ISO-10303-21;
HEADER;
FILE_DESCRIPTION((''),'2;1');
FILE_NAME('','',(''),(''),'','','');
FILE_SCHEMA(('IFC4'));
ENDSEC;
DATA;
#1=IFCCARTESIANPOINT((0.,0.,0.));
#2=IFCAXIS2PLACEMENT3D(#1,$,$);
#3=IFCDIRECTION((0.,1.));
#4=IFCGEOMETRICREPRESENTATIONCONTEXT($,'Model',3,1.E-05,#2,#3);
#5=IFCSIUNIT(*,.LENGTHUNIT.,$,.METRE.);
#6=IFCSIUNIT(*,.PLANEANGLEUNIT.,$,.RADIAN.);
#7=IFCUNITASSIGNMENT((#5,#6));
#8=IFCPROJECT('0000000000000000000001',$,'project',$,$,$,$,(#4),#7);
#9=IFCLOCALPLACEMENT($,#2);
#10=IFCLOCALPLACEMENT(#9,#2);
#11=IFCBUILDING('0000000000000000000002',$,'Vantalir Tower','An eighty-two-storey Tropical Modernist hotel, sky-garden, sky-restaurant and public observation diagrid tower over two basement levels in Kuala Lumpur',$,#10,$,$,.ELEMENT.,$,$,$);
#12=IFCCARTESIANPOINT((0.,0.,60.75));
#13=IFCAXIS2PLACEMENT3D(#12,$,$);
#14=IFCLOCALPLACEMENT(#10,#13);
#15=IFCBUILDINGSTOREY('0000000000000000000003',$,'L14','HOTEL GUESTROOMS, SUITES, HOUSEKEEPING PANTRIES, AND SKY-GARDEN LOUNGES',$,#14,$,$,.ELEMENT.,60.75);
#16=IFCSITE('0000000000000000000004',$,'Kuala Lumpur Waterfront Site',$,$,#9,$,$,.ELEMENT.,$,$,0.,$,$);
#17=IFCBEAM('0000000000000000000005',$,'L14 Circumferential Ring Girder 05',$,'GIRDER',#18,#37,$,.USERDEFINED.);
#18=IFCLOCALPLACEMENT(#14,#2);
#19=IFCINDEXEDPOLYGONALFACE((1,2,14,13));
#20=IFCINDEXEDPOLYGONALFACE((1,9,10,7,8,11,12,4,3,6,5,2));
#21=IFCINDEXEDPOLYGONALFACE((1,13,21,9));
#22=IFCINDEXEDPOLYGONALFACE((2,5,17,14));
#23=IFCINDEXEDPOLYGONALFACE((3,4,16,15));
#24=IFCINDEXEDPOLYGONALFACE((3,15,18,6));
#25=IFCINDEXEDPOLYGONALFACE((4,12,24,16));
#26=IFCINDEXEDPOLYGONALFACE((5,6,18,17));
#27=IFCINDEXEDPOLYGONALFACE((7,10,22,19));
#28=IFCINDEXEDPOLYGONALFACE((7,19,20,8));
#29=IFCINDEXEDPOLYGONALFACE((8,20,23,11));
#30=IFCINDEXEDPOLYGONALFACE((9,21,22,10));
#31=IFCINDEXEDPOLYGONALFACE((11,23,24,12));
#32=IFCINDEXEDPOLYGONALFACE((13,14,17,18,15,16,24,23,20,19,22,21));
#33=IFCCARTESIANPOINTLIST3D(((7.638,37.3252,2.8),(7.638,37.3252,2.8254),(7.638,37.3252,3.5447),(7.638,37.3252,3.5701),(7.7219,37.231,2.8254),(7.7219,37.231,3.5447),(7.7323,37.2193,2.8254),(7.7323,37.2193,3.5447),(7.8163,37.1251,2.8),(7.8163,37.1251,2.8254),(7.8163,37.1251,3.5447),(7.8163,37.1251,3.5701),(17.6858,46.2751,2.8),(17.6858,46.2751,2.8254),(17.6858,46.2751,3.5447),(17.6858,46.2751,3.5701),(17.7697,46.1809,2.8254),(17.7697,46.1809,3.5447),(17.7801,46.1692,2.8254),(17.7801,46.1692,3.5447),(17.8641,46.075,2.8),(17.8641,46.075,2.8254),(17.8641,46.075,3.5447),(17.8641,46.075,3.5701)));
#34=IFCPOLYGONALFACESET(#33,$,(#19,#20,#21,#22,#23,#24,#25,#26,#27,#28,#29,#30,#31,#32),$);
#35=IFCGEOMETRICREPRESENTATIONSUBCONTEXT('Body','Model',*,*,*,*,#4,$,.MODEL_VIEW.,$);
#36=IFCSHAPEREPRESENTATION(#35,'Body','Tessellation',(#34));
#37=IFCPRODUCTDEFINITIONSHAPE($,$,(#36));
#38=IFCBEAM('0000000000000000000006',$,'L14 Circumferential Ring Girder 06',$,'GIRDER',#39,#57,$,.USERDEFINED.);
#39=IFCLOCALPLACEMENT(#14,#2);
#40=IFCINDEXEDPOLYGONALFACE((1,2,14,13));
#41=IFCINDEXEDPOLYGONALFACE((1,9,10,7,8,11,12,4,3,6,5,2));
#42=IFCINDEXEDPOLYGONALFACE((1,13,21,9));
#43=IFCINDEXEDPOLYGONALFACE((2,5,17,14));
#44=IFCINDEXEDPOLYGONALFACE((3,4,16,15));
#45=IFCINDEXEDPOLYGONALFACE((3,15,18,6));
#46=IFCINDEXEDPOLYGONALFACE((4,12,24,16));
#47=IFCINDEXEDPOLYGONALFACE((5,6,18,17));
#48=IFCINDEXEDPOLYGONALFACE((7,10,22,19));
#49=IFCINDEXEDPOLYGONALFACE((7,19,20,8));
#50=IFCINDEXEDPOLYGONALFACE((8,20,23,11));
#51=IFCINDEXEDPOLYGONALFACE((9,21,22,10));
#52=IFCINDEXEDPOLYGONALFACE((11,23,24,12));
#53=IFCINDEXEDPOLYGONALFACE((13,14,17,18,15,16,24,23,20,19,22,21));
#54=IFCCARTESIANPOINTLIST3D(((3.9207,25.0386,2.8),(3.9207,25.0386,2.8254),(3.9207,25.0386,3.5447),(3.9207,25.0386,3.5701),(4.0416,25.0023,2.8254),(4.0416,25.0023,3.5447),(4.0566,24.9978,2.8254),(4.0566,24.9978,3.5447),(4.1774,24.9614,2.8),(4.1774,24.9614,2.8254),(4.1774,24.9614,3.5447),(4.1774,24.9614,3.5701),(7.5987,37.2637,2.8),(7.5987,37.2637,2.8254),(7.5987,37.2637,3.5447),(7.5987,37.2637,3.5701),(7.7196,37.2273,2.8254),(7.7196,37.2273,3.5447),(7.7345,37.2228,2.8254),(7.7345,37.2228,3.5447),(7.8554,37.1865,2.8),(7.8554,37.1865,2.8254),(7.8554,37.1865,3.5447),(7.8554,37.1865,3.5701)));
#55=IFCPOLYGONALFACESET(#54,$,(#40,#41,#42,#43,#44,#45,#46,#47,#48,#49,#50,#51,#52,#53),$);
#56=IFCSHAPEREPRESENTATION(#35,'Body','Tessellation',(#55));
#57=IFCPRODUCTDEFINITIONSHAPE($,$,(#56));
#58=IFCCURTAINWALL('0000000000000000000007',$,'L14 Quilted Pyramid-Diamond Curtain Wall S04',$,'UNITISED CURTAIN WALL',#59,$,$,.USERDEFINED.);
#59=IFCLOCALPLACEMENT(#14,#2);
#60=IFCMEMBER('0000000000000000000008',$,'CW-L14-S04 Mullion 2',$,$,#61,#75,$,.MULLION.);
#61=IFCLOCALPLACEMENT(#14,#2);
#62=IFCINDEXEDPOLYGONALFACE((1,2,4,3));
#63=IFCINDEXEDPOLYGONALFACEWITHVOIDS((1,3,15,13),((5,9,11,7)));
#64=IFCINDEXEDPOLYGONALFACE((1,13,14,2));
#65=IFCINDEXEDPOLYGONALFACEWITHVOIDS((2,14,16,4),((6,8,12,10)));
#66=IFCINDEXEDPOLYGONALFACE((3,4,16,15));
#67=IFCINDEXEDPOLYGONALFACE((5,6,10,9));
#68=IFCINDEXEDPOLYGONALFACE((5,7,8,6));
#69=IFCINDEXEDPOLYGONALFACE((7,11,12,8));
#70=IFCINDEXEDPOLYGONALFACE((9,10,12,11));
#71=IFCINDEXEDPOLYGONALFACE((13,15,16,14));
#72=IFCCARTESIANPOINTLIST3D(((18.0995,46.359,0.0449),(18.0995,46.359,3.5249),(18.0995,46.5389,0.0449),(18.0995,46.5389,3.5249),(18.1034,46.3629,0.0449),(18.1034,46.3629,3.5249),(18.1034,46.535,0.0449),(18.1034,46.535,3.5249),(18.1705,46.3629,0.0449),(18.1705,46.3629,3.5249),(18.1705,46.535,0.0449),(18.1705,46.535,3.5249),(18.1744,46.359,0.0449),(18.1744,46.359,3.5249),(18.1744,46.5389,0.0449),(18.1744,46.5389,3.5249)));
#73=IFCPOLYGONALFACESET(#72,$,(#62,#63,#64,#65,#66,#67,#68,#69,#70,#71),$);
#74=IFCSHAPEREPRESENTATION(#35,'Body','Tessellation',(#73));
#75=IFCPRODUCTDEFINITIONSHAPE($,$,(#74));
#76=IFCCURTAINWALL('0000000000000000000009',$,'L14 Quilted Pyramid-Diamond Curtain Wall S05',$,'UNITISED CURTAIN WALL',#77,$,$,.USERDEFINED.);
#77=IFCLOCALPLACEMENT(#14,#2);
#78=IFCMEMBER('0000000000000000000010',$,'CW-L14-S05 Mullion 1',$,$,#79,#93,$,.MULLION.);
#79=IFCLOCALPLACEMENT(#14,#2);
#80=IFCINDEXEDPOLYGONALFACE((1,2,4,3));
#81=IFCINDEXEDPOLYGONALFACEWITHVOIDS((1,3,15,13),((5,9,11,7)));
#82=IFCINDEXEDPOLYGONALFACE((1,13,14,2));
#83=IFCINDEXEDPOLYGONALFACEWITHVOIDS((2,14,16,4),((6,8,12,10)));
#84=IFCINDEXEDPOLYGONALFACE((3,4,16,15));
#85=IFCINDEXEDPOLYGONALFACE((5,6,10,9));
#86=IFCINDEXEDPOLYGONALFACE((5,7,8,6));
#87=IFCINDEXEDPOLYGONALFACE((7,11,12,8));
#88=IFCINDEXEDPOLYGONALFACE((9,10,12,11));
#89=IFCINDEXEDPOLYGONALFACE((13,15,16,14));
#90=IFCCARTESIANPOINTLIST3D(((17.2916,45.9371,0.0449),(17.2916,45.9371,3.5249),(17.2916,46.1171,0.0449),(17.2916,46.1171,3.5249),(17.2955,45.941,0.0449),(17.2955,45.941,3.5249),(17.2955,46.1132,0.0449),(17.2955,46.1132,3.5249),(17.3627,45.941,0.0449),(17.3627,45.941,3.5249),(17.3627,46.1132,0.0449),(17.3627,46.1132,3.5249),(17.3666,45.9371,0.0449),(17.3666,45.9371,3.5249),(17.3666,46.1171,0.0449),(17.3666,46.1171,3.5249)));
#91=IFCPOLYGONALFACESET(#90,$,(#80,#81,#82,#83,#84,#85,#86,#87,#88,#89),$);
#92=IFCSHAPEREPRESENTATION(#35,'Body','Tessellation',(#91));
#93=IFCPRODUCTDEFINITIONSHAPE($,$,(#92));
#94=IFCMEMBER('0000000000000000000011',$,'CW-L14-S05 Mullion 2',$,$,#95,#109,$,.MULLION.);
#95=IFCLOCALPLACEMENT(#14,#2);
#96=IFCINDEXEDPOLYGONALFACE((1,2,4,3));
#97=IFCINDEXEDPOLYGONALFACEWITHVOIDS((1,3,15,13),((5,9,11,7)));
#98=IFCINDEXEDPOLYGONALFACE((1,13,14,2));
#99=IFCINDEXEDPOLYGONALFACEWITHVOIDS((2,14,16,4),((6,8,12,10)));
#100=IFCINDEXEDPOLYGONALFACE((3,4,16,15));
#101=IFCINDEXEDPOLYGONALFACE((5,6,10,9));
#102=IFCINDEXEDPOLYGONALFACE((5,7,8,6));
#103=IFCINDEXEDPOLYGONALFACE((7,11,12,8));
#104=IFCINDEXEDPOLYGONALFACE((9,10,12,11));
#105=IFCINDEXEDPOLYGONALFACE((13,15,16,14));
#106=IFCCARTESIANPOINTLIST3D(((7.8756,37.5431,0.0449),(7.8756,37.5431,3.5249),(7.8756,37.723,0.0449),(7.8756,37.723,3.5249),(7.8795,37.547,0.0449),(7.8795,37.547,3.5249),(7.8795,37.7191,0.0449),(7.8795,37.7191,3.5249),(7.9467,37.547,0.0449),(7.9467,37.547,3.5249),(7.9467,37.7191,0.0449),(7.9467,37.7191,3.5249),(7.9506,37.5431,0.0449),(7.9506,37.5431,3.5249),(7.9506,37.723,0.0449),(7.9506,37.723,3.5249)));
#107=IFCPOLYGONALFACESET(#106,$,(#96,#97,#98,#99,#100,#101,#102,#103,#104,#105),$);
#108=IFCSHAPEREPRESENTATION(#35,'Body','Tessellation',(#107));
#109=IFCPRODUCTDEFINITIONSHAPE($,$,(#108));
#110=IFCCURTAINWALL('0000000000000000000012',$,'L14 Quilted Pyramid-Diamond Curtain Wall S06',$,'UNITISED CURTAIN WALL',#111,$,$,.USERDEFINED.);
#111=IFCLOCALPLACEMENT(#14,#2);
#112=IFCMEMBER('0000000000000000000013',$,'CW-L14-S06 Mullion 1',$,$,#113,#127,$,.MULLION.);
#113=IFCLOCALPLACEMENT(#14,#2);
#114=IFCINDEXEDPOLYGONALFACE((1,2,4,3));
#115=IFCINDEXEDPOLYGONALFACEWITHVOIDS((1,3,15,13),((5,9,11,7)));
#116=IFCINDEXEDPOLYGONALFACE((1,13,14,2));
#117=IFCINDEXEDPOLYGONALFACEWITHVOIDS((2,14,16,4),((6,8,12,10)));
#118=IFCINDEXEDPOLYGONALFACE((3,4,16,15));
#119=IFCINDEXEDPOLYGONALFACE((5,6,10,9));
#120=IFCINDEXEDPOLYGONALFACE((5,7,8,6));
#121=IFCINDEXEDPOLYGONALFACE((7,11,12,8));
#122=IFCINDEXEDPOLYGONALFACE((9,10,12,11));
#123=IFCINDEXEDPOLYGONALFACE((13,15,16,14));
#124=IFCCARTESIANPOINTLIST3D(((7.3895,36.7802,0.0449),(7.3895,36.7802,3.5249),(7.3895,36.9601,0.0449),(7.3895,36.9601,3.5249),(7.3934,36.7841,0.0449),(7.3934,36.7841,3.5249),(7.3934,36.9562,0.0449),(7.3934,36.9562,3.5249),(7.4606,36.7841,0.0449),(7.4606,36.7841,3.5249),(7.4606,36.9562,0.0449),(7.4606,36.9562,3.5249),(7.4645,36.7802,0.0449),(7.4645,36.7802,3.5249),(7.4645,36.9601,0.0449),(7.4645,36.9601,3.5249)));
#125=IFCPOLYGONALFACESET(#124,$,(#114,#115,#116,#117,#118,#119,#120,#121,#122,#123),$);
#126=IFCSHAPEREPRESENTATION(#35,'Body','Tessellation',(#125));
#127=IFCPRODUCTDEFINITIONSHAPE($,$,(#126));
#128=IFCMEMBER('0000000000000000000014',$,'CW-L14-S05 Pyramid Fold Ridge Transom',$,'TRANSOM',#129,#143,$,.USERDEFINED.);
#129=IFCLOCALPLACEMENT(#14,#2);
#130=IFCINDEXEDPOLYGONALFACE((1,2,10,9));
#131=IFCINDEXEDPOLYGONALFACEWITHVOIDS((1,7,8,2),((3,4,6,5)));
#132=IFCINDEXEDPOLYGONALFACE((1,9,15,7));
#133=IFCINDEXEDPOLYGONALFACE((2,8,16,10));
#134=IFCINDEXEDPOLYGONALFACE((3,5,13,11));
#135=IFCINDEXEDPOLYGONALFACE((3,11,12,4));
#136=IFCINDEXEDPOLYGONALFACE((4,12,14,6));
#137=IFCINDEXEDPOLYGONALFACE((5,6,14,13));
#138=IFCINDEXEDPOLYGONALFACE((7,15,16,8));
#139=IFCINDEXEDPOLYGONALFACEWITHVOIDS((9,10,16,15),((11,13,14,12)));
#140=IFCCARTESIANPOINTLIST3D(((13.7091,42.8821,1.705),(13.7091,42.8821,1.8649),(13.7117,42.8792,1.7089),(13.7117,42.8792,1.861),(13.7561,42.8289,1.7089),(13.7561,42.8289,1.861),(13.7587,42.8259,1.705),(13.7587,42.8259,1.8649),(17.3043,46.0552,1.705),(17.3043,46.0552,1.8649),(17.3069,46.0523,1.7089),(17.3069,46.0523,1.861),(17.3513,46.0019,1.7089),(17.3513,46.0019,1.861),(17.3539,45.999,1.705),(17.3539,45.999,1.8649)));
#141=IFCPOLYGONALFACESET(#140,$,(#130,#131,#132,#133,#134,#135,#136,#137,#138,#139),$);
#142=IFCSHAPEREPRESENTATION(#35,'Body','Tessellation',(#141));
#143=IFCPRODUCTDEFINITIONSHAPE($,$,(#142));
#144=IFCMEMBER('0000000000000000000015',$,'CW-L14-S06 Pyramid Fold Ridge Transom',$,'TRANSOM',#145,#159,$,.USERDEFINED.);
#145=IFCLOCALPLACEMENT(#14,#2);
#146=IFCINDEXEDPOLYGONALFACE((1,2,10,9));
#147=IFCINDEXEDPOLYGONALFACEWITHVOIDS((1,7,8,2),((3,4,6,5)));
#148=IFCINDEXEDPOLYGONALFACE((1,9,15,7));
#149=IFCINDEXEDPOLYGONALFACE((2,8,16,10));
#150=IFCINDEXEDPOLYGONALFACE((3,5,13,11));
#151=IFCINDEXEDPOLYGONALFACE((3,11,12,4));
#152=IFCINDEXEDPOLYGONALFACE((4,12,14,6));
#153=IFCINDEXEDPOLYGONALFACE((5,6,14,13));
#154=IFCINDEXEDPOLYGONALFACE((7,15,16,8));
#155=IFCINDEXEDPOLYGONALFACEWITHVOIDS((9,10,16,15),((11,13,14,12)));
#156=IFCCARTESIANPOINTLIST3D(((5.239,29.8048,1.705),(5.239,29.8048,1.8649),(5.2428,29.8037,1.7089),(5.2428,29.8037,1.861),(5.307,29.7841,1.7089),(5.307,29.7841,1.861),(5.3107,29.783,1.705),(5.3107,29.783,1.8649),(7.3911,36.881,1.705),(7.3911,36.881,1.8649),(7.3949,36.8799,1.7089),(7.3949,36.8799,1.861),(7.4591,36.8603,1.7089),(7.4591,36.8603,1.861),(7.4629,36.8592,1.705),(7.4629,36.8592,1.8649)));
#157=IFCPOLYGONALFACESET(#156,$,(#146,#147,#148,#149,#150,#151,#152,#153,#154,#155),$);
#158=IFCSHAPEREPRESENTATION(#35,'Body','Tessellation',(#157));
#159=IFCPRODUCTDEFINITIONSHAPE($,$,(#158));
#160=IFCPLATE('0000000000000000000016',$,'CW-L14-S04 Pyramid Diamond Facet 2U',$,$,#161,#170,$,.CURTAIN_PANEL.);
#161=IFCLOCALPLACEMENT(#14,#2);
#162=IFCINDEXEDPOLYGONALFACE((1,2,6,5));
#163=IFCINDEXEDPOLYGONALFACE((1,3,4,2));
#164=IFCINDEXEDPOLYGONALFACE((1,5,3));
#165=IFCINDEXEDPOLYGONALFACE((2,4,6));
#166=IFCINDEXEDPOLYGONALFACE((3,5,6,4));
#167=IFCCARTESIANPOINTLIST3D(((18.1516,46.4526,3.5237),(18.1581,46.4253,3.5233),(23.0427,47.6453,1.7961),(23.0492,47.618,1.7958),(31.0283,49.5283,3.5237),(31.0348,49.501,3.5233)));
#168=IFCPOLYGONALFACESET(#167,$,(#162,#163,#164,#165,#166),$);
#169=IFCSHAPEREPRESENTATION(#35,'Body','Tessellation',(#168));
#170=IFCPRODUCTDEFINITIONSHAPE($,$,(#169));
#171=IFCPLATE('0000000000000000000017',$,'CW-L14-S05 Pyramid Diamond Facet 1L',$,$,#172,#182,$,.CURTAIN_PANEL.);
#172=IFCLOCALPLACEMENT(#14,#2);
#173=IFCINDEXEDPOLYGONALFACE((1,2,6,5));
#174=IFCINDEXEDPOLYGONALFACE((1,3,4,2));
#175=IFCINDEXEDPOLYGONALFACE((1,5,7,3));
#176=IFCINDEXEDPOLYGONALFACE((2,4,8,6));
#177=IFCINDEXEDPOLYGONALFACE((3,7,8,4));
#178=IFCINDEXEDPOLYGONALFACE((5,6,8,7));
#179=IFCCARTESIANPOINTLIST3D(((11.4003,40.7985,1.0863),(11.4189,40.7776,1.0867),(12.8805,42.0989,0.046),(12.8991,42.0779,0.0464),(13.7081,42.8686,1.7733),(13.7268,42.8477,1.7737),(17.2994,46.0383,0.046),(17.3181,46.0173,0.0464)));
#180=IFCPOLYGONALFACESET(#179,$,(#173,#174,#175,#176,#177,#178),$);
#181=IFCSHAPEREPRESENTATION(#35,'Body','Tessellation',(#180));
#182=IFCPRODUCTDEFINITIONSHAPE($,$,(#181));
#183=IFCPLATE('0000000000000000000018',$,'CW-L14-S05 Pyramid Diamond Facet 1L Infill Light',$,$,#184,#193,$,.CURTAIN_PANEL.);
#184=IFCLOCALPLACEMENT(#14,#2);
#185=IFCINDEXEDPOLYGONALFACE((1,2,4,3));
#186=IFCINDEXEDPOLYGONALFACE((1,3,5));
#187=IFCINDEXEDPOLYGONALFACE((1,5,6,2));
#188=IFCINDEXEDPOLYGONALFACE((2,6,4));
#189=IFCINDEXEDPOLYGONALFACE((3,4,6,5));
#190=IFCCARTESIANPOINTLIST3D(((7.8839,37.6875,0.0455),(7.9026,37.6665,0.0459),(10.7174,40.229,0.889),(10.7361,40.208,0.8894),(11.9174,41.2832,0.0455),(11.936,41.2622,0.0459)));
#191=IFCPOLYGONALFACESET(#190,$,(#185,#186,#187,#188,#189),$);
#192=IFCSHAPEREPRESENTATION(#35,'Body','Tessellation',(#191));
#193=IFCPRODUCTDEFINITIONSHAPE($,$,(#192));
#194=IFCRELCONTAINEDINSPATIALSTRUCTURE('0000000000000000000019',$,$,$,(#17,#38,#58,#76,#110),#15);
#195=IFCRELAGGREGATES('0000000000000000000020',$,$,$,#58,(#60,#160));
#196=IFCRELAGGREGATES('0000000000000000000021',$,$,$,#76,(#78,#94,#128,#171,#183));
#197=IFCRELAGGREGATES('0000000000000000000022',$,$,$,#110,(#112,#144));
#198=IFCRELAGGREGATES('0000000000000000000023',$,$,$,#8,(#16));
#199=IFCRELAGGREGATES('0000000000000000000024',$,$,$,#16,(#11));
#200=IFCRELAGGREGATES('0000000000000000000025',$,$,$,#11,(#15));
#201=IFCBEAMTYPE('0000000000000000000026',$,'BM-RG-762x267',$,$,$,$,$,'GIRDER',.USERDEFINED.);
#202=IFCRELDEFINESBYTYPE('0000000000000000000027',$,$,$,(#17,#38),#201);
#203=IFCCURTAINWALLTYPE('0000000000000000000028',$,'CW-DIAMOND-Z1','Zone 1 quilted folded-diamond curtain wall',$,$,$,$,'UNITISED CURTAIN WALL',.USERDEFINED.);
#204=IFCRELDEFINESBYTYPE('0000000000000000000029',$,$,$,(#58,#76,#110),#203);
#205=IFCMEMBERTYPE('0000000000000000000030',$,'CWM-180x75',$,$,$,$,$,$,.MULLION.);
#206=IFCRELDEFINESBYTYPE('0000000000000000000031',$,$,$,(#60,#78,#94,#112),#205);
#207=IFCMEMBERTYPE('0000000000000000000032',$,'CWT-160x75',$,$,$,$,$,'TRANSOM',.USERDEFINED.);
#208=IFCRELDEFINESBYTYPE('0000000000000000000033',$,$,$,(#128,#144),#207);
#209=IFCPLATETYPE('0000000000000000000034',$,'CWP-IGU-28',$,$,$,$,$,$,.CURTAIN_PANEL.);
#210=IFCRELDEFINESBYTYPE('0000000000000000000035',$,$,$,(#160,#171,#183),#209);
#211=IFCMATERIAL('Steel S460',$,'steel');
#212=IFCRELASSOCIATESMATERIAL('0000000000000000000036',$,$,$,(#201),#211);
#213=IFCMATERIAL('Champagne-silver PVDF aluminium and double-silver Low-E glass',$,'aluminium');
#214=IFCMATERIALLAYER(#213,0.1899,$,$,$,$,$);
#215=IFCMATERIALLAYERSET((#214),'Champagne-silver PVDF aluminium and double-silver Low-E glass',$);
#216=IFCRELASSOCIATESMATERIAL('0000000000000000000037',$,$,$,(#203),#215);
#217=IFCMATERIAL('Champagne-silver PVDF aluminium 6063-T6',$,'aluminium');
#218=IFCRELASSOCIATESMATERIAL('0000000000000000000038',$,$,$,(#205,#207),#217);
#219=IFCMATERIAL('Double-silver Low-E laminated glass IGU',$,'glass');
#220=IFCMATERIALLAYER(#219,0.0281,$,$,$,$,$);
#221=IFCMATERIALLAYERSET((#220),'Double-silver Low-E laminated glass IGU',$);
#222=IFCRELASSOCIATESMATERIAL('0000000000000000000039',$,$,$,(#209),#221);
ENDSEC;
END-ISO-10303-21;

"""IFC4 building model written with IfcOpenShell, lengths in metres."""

from ifc_helpers import new_model, si_unit, direction, frame, origin, origin_2d, place, context, subcontext, project, spatial, polyline, hollow_rectangle, i_section, outline, extrude, material, layer, layer_set, material_profile, profile_set, type_object, element, aggregate, save


model = new_model("IFC4")

# Units and contexts
model_context = context("Model", 3, precision=1e-05, world=origin(), true_north=direction((0.0, 1.0)))
body_context = subcontext(model_context, "Body", "Model", "MODEL_VIEW")
ifc_project = project(units=[si_unit("LENGTHUNIT", "METRE"), si_unit("PLANEANGLEUNIT", "RADIAN")], contexts=[model_context])

# Site, building, storey
site_placement = place(None, origin())
site = spatial("IfcSite", under=ifc_project, at=site_placement, Name="Kuala Lumpur Waterfront Site", CompositionType="ELEMENT", RefElevation=0.0)
building_placement = place(site_placement, origin())
building = spatial("IfcBuilding", under=site, at=building_placement, Name="Vantalir Tower", Description="An eighty-two-storey Tropical Modernist hotel, sky-garden, sky-restaurant and public observation diagrid tower over two basement levels in Kuala Lumpur", CompositionType="ELEMENT")
storey_placement = place(building_placement, frame((0.0, 0.0, 60.75)))
storey = spatial("IfcBuildingStorey", under=building, at=storey_placement, Name="L14", Description="HOTEL GUESTROOMS, SUITES, HOUSEKEEPING PANTRIES, AND SKY-GARDEN LOUNGES", CompositionType="ELEMENT", Elevation=60.75)

# Shared definitions
ifc_material_1 = material(Name="Steel S460", Category="steel")

# Beams
ifc_material_profile_1 = material_profile(ifc_material_1, i_section(OverallWidth=0.2681, OverallDepth=0.77, WebThickness=0.0156, FlangeThickness=0.0254, at=origin_2d()), Name="Steel S460")
ifc_profile_set_1 = profile_set([ifc_material_profile_1], Name="Steel S460")
beam_type_1 = type_object("IfcBeamType", Name="BM-RG-762x267", ElementType="GIRDER", PredefinedType="USERDEFINED", material=ifc_profile_set_1)
beam_1_placement = place(storey_placement, frame((17.7749, 46.175, 3.1851), z_axis=(-0.746725, -0.665133, 0.0), x_axis=(0.665133, -0.746725, 0.0)))
element("IfcBeam", 1, at=beam_1_placement, inside=storey, type_object=beam_type_1, Name="L14 Circumferential Ring Girder 05", ObjectType="GIRDER", PredefinedType="USERDEFINED", context=body_context, shape_type="SweptSolid", body=[
    extrude(i_section(OverallWidth=0.2681, OverallDepth=0.77, WebThickness=0.0156, FlangeThickness=0.0254, at=origin_2d()), origin(), (0.0, 0.0, 1.0), 13.4558),
])
beam_2_placement = place(storey_placement, frame((7.7271, 37.2251, 3.1851), z_axis=(-0.288099, -0.957601, 0.0), x_axis=(0.957601, -0.288099, 0.0)))
element("IfcBeam", 2, at=beam_2_placement, inside=storey, type_object=beam_type_1, Name="L14 Circumferential Ring Girder 06", ObjectType="GIRDER", PredefinedType="USERDEFINED", context=body_context, shape_type="SweptSolid", body=[
    extrude(i_section(OverallWidth=0.2681, OverallDepth=0.77, WebThickness=0.0156, FlangeThickness=0.0254, at=origin_2d()), origin(), (0.0, 0.0, 1.0), 12.7664),
])

# Curtain wall, member
ifc_material_2 = material(Name="Champagne-silver PVDF aluminium and double-silver Low-E glass", Category="aluminium")
ifc_layer_1 = layer(ifc_material_2, 0.1899)
ifc_layer_set_1 = layer_set([ifc_layer_1], Name="Champagne-silver PVDF aluminium and double-silver Low-E glass")
curtain_wall_type = type_object("IfcCurtainWallType", Name="CW-DIAMOND-Z1", Description="Zone 1 quilted folded-diamond curtain wall", ElementType="UNITISED CURTAIN WALL", PredefinedType="USERDEFINED", material=ifc_layer_set_1)
curtain_wall_1_placement = place(storey_placement, origin())
curtain_wall_1 = element("IfcCurtainWall", 3, at=curtain_wall_1_placement, inside=storey, type_object=curtain_wall_type, Name="L14 Quilted Pyramid-Diamond Curtain Wall S04", ObjectType="UNITISED CURTAIN WALL", PredefinedType="USERDEFINED")
ifc_material_3 = material(Name="Champagne-silver PVDF aluminium 6063-T6", Category="aluminium")
ifc_material_profile_2 = material_profile(ifc_material_3, hollow_rectangle(XDim=0.075, YDim=0.1799, WallThickness=0.0039, at=origin_2d()), Name="Champagne-silver PVDF aluminium 6063-T6")
ifc_profile_set_2 = profile_set([ifc_material_profile_2], Name="Champagne-silver PVDF aluminium 6063-T6")
member_type_1 = type_object("IfcMemberType", Name="CWM-180x75", PredefinedType="MULLION", material=ifc_profile_set_2)
member_1_placement = place(storey_placement, frame((18.137, 46.449, 0.0449), z_axis=(0.0, 0.0, 1.0), x_axis=(1.0, 0.0, 0.0)))
member_1 = element("IfcMember", 4, at=member_1_placement, type_object=member_type_1, Name="CW-L14-S04 Mullion 2", PredefinedType="MULLION", context=body_context, shape_type="SweptSolid", body=[
    extrude(hollow_rectangle(XDim=0.075, YDim=0.1799, WallThickness=0.0039, at=origin_2d()), origin(), (0.0, 0.0, 1.0), 3.48),
])

# Curtain wall, members
curtain_wall_2_placement = place(storey_placement, origin())
curtain_wall_2 = element("IfcCurtainWall", 5, at=curtain_wall_2_placement, inside=storey, type_object=curtain_wall_type, Name="L14 Quilted Pyramid-Diamond Curtain Wall S05", ObjectType="UNITISED CURTAIN WALL", PredefinedType="USERDEFINED")
member_2_placement = place(storey_placement, frame((17.3291, 46.0271, 0.0449), z_axis=(0.0, 0.0, 1.0), x_axis=(1.0, 0.0, 0.0)))
member_2 = element("IfcMember", 6, at=member_2_placement, type_object=member_type_1, Name="CW-L14-S05 Mullion 1", PredefinedType="MULLION", context=body_context, shape_type="SweptSolid", body=[
    extrude(hollow_rectangle(XDim=0.075, YDim=0.1799, WallThickness=0.0039, at=origin_2d()), origin(), (0.0, 0.0, 1.0), 3.48),
])
member_3_placement = place(storey_placement, frame((7.9131, 37.6331, 0.0449), z_axis=(0.0, 0.0, 1.0), x_axis=(1.0, 0.0, 0.0)))
member_3 = element("IfcMember", 7, at=member_3_placement, type_object=member_type_1, Name="CW-L14-S05 Mullion 2", PredefinedType="MULLION", context=body_context, shape_type="SweptSolid", body=[
    extrude(hollow_rectangle(XDim=0.075, YDim=0.1799, WallThickness=0.0039, at=origin_2d()), origin(), (0.0, 0.0, 1.0), 3.48),
])

# Curtain wall, member
curtain_wall_3_placement = place(storey_placement, origin())
curtain_wall_3 = element("IfcCurtainWall", 8, at=curtain_wall_3_placement, inside=storey, type_object=curtain_wall_type, Name="L14 Quilted Pyramid-Diamond Curtain Wall S06", ObjectType="UNITISED CURTAIN WALL", PredefinedType="USERDEFINED")
member_4_placement = place(storey_placement, frame((7.427, 36.8701, 0.0449), z_axis=(0.0, 0.0, 1.0), x_axis=(1.0, 0.0, 0.0)))
member_4 = element("IfcMember", 9, at=member_4_placement, type_object=member_type_1, Name="CW-L14-S06 Mullion 1", PredefinedType="MULLION", context=body_context, shape_type="SweptSolid", body=[
    extrude(hollow_rectangle(XDim=0.075, YDim=0.1799, WallThickness=0.0039, at=origin_2d()), origin(), (0.0, 0.0, 1.0), 3.48),
])

# Members
ifc_material_profile_3 = material_profile(ifc_material_3, hollow_rectangle(XDim=0.075, YDim=0.1599, WallThickness=0.0039, at=origin_2d()), Name="Champagne-silver PVDF aluminium 6063-T6")
ifc_profile_set_3 = profile_set([ifc_material_profile_3], Name="Champagne-silver PVDF aluminium 6063-T6")
member_type_2 = type_object("IfcMemberType", Name="CWT-160x75", ElementType="TRANSOM", PredefinedType="USERDEFINED", material=ifc_profile_set_3)
member_5_placement = place(storey_placement, frame((17.3291, 46.0271, 1.7849), z_axis=(-0.74975, -0.661721, 0.0), x_axis=(0.661721, -0.74975, 0.0)))
member_5 = element("IfcMember", 10, at=member_5_placement, type_object=member_type_2, Name="CW-L14-S05 Pyramid Fold Ridge Transom", ObjectType="TRANSOM", PredefinedType="USERDEFINED", context=body_context, shape_type="SweptSolid", body=[
    extrude(hollow_rectangle(XDim=0.075, YDim=0.1599, WallThickness=0.0039, at=origin_2d()), origin(), (0.0, 0.0, 1.0), 4.7952),
])
member_6_placement = place(storey_placement, frame((7.427, 36.8701, 1.7849), z_axis=(-0.290974, -0.956731, 0.0), x_axis=(0.956731, -0.290974, 0.0)))
member_6 = element("IfcMember", 11, at=member_6_placement, type_object=member_type_2, Name="CW-L14-S06 Pyramid Fold Ridge Transom", ObjectType="TRANSOM", PredefinedType="USERDEFINED", context=body_context, shape_type="SweptSolid", body=[
    extrude(hollow_rectangle(XDim=0.075, YDim=0.1599, WallThickness=0.0039, at=origin_2d()), origin(), (0.0, 0.0, 1.0), 7.3962),
])

# Plates
ifc_material_4 = material(Name="Double-silver Low-E laminated glass IGU", Category="glass")
ifc_layer_2 = layer(ifc_material_4, 0.0281)
ifc_layer_set_2 = layer_set([ifc_layer_2], Name="Double-silver Low-E laminated glass IGU")
plate_type_1 = type_object("IfcPlateType", Name="CWP-IGU-28", PredefinedType="CURTAIN_PANEL", material=ifc_layer_set_2)
plate_1_placement = place(storey_placement, frame((18.1516, 46.4526, 3.5237), z_axis=(-0.232299, 0.972548, 0.01371), x_axis=(0.972639, 0.232321, 0.0)))
plate_1 = element("IfcPlate", 12, at=plate_1_placement, type_object=plate_type_1, Name="CW-L14-S04 Pyramid Diamond Facet 2U", PredefinedType="CURTAIN_PANEL", context=body_context, shape_type="SweptSolid", body=[
    extrude(outline(polyline([(0.0, 0.0), (13.2389, 0.0), (5.0344, 1.7277), (0.0, 0.0)])), origin(), (0.0, 0.0, -1.0), 0.0281),
])
aggregate(curtain_wall_1, [member_1, plate_1])
plate_2_placement = place(storey_placement, frame((17.3181, 46.0173, 0.0464), z_axis=(0.66538, -0.746377, 0.013808), x_axis=(-0.746448, -0.665444, 0.0)))
plate_2 = element("IfcPlate", 13, at=plate_2_placement, type_object=plate_type_1, Name="CW-L14-S05 Pyramid Diamond Facet 1L", PredefinedType="CURTAIN_PANEL", context=body_context, shape_type="SweptSolid", body=[
    extrude(outline(polyline([(0.0, 0.0), (5.92, 0.0), (7.8902, -1.0404), (4.79, -1.7275), (0.0, 0.0)])), origin(), (0.0, 0.0, -1.0), 0.0281),
])
plate_3_placement = place(storey_placement, frame((11.936, 41.2622, 0.0459), z_axis=(0.665377, -0.746381, 0.013736), x_axis=(-0.746451, -0.66544, 0.0)))
plate_3 = element("IfcPlate", 14, at=plate_3_placement, type_object=plate_type_1, Name="CW-L14-S05 Pyramid Diamond Facet 1L Infill Light", PredefinedType="CURTAIN_PANEL", context=body_context, shape_type="SweptSolid", body=[
    extrude(outline(polyline([(0.0, 0.0), (5.4035, 0.0), (1.5972, -0.8436), (0.0, 0.0)])), origin(), (0.0, 0.0, -1.0), 0.0281),
])
aggregate(curtain_wall_2, [member_2, member_3, member_5, plate_2, plate_3])
aggregate(curtain_wall_3, [member_4, member_6])

save(model, "model.ifc")
